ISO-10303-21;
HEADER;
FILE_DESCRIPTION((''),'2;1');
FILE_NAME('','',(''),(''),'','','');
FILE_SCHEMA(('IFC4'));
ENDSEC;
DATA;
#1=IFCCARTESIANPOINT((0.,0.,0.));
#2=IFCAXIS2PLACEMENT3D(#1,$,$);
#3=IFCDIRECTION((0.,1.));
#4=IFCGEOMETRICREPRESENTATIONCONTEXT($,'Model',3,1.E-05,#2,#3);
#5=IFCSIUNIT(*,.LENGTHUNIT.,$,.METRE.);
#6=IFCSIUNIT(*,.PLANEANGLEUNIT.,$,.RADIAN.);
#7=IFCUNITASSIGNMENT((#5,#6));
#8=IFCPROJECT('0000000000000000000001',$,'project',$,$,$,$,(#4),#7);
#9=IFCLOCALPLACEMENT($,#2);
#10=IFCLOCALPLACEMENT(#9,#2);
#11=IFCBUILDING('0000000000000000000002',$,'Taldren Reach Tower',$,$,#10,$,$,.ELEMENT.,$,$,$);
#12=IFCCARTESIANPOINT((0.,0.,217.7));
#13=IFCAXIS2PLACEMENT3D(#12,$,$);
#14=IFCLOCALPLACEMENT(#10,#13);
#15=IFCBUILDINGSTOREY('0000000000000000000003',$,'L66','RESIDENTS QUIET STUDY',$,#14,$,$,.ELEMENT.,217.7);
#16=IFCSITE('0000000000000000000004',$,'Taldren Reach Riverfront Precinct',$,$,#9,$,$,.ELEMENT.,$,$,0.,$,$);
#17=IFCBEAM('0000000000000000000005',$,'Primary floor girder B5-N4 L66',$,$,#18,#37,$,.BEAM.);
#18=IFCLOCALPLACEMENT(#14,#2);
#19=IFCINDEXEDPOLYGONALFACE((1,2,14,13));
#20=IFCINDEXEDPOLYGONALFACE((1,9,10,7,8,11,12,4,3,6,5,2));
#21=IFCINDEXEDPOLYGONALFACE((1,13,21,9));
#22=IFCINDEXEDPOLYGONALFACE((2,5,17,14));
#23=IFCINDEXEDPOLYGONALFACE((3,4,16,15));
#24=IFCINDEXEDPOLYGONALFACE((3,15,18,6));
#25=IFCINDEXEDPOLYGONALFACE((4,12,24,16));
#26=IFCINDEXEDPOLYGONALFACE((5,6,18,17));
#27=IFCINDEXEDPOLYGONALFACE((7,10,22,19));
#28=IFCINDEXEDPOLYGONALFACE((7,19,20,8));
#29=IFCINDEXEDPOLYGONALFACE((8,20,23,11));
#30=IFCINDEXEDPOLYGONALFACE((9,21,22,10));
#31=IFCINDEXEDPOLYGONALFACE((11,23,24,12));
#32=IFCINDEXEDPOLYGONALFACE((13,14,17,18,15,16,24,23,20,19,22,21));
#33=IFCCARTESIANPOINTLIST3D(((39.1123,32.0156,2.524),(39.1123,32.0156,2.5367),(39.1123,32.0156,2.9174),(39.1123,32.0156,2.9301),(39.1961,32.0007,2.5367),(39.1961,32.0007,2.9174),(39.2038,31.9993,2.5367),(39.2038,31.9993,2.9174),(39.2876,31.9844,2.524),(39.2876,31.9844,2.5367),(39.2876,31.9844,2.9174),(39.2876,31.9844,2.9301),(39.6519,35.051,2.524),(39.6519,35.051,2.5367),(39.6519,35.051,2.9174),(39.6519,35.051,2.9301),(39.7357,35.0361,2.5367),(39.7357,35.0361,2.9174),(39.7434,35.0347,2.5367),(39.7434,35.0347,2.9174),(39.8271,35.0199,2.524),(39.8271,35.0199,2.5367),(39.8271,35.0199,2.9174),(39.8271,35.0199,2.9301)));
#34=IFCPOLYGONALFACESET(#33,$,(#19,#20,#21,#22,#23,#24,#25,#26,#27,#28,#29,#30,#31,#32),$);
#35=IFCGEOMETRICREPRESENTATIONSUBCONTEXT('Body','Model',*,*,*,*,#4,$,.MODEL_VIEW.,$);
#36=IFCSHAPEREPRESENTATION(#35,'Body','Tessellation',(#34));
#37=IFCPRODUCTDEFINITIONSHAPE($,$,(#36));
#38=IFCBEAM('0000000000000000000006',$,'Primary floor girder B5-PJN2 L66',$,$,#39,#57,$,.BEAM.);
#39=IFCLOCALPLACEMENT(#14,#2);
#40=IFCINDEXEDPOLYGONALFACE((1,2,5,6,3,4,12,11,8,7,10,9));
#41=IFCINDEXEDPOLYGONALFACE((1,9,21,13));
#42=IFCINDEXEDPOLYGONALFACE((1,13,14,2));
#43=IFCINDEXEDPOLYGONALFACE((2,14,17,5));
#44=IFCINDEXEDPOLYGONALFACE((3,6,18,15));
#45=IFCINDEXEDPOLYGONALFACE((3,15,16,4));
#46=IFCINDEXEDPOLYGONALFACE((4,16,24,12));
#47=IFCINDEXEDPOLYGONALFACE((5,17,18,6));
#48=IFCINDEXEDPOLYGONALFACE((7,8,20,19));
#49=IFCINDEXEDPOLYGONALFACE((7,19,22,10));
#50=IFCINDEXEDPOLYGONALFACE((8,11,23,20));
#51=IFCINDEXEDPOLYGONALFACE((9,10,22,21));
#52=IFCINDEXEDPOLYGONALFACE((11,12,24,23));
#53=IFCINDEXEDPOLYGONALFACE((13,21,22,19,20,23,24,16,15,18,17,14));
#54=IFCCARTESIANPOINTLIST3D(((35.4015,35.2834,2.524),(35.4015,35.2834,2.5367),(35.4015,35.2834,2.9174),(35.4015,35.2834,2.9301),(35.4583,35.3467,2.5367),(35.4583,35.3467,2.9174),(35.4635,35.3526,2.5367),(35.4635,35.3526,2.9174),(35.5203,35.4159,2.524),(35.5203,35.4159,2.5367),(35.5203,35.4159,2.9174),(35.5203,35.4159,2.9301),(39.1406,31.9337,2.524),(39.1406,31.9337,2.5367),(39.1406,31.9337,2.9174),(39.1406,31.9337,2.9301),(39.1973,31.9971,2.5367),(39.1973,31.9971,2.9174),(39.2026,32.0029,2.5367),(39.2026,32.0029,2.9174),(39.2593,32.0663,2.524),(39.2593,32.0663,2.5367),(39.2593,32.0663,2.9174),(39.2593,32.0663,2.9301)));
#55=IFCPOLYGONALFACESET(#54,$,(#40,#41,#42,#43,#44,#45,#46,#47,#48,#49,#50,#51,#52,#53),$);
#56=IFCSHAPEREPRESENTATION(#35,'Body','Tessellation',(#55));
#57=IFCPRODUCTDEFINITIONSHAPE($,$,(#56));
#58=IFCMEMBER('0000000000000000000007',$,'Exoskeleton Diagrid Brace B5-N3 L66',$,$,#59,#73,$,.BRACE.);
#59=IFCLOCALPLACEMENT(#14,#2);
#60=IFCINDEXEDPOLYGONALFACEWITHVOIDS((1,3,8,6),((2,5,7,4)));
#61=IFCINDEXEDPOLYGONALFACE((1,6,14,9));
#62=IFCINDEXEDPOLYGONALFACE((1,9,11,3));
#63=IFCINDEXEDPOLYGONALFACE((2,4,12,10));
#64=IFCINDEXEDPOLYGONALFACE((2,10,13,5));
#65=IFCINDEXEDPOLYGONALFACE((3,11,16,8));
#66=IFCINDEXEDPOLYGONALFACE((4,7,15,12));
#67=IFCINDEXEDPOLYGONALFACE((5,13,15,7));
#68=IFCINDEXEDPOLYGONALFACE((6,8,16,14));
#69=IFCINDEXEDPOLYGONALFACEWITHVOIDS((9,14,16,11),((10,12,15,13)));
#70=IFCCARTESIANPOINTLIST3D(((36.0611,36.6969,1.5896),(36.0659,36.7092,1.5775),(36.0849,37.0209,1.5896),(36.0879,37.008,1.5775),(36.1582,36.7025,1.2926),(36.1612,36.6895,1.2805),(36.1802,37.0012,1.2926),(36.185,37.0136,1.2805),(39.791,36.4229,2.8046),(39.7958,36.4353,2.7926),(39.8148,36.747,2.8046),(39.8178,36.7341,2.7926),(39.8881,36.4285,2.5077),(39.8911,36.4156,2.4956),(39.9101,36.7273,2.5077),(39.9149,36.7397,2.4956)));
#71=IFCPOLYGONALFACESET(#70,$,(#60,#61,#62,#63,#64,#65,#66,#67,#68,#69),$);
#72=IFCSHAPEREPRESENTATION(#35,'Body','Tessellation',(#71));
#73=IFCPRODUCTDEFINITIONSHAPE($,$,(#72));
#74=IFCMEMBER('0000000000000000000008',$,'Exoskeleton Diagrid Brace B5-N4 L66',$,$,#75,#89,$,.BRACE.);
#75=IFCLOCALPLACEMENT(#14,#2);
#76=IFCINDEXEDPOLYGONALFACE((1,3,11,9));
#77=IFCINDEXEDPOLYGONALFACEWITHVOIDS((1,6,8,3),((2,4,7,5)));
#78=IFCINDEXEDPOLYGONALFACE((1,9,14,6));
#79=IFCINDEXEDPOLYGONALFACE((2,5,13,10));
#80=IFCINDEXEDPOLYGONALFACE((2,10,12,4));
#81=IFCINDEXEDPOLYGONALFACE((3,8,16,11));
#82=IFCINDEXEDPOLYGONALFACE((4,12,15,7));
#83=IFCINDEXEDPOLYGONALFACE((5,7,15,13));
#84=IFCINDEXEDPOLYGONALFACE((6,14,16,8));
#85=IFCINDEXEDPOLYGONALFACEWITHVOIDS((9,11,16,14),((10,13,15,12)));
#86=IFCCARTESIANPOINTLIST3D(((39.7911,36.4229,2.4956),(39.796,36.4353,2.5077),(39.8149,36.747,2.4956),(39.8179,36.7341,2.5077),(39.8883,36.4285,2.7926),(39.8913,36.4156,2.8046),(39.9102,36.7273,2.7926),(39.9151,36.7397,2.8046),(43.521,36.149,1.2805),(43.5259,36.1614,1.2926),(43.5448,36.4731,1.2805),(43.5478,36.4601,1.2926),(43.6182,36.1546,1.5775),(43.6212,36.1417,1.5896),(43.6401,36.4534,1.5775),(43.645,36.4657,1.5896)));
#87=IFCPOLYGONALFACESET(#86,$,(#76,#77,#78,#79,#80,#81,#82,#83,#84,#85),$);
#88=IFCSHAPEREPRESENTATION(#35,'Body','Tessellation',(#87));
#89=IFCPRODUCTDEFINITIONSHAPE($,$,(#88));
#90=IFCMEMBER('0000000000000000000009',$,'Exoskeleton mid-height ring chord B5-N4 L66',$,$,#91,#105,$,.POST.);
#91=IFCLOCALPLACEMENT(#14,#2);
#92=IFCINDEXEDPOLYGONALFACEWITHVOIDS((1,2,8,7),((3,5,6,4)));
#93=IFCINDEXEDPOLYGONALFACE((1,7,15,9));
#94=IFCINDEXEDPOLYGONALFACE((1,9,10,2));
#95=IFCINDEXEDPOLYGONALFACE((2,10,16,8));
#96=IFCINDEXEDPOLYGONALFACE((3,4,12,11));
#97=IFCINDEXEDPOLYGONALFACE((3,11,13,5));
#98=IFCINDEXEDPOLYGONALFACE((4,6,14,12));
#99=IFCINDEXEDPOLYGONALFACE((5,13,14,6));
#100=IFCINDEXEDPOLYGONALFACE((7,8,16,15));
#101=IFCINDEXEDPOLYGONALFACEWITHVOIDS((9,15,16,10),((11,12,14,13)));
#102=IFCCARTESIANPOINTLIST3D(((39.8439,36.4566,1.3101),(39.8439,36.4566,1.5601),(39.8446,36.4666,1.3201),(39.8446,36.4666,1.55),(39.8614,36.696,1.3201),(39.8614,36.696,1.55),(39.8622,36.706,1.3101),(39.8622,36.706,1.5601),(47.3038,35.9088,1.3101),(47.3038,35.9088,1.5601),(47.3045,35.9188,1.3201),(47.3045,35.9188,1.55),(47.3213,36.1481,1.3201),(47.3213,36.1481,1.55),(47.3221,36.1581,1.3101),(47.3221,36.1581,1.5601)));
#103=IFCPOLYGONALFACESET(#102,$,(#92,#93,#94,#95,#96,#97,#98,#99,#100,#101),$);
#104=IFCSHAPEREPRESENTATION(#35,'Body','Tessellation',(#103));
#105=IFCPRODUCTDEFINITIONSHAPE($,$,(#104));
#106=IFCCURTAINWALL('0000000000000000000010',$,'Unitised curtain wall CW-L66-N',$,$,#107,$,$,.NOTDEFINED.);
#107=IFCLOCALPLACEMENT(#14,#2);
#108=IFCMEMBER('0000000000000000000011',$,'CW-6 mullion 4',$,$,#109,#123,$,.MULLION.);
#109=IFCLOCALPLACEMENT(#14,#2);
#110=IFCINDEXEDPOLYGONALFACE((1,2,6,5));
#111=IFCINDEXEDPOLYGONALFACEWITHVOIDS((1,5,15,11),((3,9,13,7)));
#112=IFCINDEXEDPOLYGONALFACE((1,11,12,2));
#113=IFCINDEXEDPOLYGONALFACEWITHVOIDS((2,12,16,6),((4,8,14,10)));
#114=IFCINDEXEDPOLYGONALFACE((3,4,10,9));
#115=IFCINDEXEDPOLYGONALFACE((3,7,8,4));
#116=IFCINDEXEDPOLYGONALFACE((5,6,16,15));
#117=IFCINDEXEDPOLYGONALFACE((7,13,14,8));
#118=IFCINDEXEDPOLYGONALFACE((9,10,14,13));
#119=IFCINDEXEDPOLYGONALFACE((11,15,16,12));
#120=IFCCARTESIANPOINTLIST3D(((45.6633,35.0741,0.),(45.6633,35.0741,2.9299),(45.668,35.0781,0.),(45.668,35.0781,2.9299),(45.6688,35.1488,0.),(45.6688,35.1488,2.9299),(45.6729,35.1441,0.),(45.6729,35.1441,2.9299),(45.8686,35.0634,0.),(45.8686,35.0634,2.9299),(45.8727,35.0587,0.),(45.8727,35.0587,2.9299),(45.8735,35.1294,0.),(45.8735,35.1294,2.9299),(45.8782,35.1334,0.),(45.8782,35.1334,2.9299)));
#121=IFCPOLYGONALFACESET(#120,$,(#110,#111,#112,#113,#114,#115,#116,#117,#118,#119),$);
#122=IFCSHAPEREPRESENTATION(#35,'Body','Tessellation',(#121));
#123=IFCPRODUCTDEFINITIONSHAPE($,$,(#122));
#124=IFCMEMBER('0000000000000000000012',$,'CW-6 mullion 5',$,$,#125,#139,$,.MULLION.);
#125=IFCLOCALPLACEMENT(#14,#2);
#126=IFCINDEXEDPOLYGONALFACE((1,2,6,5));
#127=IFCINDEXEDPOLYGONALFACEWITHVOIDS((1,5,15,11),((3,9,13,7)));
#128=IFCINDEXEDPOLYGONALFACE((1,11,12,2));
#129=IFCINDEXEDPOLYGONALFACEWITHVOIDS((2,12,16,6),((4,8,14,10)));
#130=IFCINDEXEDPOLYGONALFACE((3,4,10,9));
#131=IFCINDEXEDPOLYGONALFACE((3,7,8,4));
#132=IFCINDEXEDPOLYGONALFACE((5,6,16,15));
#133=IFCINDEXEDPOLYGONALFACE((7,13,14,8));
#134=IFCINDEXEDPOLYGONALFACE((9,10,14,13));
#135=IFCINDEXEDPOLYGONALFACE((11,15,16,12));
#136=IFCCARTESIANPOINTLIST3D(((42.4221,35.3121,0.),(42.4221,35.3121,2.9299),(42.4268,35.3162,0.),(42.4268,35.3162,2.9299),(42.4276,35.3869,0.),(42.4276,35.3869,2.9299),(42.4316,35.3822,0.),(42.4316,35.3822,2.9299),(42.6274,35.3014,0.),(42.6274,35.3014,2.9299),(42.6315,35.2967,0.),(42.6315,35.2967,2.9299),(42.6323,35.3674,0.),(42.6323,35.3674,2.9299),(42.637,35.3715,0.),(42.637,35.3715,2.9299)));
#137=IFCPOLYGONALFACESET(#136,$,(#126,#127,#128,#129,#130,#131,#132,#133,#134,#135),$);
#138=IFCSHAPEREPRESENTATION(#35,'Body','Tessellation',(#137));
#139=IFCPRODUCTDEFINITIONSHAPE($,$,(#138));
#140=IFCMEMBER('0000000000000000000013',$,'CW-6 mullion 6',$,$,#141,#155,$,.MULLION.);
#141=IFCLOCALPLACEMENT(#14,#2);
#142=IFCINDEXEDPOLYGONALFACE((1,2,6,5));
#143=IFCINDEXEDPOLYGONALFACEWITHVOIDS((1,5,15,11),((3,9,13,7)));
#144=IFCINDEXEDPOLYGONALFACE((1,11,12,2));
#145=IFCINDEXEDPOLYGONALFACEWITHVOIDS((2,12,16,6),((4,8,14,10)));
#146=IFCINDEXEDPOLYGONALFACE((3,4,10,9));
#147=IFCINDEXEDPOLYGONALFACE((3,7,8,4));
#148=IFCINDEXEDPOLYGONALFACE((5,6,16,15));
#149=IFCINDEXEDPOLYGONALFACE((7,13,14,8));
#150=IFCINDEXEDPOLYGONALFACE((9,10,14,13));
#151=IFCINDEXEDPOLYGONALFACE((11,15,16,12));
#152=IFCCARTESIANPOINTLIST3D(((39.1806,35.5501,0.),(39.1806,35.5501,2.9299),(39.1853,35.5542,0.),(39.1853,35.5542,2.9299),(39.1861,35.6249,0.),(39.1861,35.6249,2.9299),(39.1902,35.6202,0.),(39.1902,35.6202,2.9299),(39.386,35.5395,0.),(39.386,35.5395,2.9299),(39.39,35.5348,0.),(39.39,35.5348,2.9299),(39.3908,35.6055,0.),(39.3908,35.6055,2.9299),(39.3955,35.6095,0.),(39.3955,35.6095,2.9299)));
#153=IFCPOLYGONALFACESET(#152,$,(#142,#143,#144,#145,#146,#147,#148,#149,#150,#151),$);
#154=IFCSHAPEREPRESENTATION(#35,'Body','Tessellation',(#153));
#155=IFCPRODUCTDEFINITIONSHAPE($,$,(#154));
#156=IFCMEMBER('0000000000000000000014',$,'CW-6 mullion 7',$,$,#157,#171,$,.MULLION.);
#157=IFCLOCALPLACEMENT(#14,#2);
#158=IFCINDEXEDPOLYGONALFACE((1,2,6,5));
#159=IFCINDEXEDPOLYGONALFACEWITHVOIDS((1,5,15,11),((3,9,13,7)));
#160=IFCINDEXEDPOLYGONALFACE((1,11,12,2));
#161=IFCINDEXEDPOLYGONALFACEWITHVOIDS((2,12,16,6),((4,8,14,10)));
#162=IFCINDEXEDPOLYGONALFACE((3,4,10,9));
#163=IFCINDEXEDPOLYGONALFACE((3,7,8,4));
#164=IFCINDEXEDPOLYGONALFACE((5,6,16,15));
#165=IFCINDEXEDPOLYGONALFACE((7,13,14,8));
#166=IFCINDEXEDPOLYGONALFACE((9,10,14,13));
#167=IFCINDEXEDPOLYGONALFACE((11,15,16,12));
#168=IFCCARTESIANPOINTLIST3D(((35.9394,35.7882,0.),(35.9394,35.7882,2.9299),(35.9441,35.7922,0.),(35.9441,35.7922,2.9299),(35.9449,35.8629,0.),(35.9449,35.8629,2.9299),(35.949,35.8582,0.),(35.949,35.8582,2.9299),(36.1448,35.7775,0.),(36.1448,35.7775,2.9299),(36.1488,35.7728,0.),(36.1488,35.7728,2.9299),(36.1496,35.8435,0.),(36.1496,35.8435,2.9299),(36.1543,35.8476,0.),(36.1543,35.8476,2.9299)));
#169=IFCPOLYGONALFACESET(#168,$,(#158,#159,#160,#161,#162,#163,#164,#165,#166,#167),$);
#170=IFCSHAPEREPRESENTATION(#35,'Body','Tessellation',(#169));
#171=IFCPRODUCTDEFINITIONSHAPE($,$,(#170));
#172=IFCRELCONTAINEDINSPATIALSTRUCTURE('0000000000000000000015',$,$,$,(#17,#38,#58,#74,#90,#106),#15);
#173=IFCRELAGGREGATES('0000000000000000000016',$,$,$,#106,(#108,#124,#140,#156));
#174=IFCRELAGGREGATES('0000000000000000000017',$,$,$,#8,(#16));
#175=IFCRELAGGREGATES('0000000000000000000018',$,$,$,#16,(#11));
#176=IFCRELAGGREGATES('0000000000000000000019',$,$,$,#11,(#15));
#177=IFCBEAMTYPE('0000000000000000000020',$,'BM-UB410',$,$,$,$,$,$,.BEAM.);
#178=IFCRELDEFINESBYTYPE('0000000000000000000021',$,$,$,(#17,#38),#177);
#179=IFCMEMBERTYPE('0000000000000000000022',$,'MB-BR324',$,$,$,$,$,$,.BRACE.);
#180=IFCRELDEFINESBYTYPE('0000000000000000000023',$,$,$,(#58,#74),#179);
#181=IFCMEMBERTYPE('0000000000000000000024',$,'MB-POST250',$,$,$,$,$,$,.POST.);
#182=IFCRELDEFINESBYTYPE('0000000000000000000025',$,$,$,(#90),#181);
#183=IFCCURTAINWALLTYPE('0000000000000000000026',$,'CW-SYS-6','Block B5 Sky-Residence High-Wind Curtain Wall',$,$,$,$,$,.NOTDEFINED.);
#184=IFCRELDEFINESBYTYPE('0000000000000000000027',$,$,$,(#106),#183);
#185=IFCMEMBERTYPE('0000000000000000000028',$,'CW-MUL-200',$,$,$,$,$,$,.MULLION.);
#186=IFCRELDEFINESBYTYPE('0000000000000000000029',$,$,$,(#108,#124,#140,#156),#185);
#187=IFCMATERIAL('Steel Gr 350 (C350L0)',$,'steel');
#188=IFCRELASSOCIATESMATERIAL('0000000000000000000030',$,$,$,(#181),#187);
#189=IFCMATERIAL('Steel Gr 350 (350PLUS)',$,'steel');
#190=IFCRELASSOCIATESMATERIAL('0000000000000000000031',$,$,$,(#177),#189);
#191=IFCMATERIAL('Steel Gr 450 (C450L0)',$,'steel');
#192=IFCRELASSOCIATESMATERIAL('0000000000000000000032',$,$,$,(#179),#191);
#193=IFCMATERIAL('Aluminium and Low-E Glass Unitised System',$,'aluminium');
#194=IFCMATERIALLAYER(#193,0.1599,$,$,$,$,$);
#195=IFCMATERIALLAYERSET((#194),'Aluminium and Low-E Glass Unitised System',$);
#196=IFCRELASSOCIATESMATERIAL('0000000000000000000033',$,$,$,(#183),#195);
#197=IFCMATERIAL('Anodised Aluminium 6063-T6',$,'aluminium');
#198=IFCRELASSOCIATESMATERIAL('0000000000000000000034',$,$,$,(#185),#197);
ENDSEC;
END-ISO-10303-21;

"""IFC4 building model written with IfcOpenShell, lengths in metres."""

from ifc_helpers import new_model, si_unit, direction, frame, origin, origin_2d, place, context, subcontext, project, spatial, hollow_rectangle, i_section, extrude, source, transform, mapped, material, layer, layer_set, material_profile, profile_set, type_object, element, aggregate, save


model = new_model("IFC4")

# Units and contexts
model_context = context("Model", 3, precision=1e-05, world=origin(), true_north=direction((0.0, 1.0)))
body_context = subcontext(model_context, "Body", "Model", "MODEL_VIEW")
ifc_project = project(units=[si_unit("LENGTHUNIT", "METRE"), si_unit("PLANEANGLEUNIT", "RADIAN")], contexts=[model_context])

# Site, building, storey
site_placement = place(None, origin())
site = spatial("IfcSite", under=ifc_project, at=site_placement, Name="Taldren Reach Riverfront Precinct", CompositionType="ELEMENT", RefElevation=0.0)
building_placement = place(site_placement, origin())
building = spatial("IfcBuilding", under=site, at=building_placement, Name="Taldren Reach Tower", CompositionType="ELEMENT")
storey_placement = place(building_placement, frame((0.0, 0.0, 217.7)))
storey = spatial("IfcBuildingStorey", under=building, at=storey_placement, Name="L66", Description="RESIDENTS QUIET STUDY", CompositionType="ELEMENT", Elevation=217.7)

# Shared definitions
ifc_material_1 = material(Name="Steel Gr 350 (C350L0)", Category="steel")
ifc_material_2 = material(Name="Steel Gr 350 (350PLUS)", Category="steel")

# Shared definitions
ifc_material_profile_1 = material_profile(ifc_material_1, hollow_rectangle(XDim=0.25, YDim=0.25, WallThickness=0.01, at=origin_2d()), Name="250x250x10.0SHS")
ifc_profile_set_1 = profile_set([ifc_material_profile_1], Name="Steel Gr 350 (C350L0)")
member_type_1 = type_object("IfcMemberType", Name="MB-POST250", PredefinedType="POST", material=ifc_profile_set_1)
ifc_material_3 = material(Name="Steel Gr 450 (C450L0)", Category="steel")

# Beams
ifc_material_profile_2 = material_profile(ifc_material_2, i_section(OverallWidth=0.178, OverallDepth=0.406, WebThickness=0.0078, FlangeThickness=0.0127, at=origin_2d()), Name="410UB59.7")
ifc_profile_set_2 = profile_set([ifc_material_profile_2], Name="Steel Gr 350 (350PLUS)")
beam_type_1 = type_object("IfcBeamType", Name="BM-UB410", PredefinedType="BEAM", material=ifc_profile_set_2)
shared_shape_1 = source(origin(), body_context, "Body", "SweptSolid", [
    extrude(i_section(OverallWidth=0.178, OverallDepth=0.406, WebThickness=0.0078, FlangeThickness=0.0127, at=origin_2d()), origin(), (0.0, 0.0, 1.0), 3.083),
])
beam_1_placement = place(storey_placement, frame((39.2, 32.0, 2.7271), z_axis=(0.175009, 0.984567, 0.0), x_axis=(-0.984567, 0.175009, 0.0)))
element("IfcBeam", 1, at=beam_1_placement, inside=storey, type_object=beam_type_1, Name="Primary floor girder B5-N4 L66", PredefinedType="BEAM", context=body_context, shape_type="MappedRepresentation", body=[
    mapped(shared_shape_1, transform((0.0, 0.0, 0.0), scale=1.0)),
])
shared_shape_2 = source(origin(), body_context, "Body", "SweptSolid", [
    extrude(i_section(OverallWidth=0.178, OverallDepth=0.406, WebThickness=0.0078, FlangeThickness=0.0127, at=origin_2d()), origin(), (0.0, 0.0, 1.0), 5.02),
])
beam_2_placement = place(storey_placement, frame((39.2, 32.0, 2.7271), z_axis=(-0.744828, 0.667257, 0.0), x_axis=(-0.667257, -0.744828, 0.0)))
element("IfcBeam", 2, at=beam_2_placement, inside=storey, type_object=beam_type_1, Name="Primary floor girder B5-PJN2 L66", PredefinedType="BEAM", context=body_context, shape_type="MappedRepresentation", body=[
    mapped(shared_shape_2, transform((0.0, 0.0, 0.0), scale=1.0)),
])

# Members
ifc_material_profile_3 = material_profile(ifc_material_3, hollow_rectangle(XDim=0.325, YDim=0.325, WallThickness=0.0127, at=origin_2d()), Name="325x325x12.7SHS")
ifc_profile_set_3 = profile_set([ifc_material_profile_3], Name="Steel Gr 450 (C450L0)")
member_type_2 = type_object("IfcMemberType", Name="MB-BR324", PredefinedType="BRACE", material=ifc_profile_set_3)
shared_shape_3 = source(origin(), body_context, "Body", "SweptSolid", [
    extrude(hollow_rectangle(XDim=0.325, YDim=0.325, WallThickness=0.0127, at=origin_2d()), origin(), (0.0, 0.0, 1.0), 3.9324),
])
for number, where, z_axis, x_axis, name in (
    (3, (36.123, 36.8552, 1.4351), (0.948511, -0.069658, 0.308989), (0.073242, 0.997314, 0.0), "Exoskeleton Diagrid Brace B5-N3 L66"),
    (4, (43.583, 36.3074, 1.4351), (-0.948511, 0.069658, 0.308989), (-0.073242, -0.997314, 0.0), "Exoskeleton Diagrid Brace B5-N4 L66"),
):
    element("IfcMember", number, at=place(storey_placement, frame(where, z_axis=z_axis, x_axis=x_axis)), inside=storey, type_object=member_type_2, Name=name, PredefinedType="BRACE", context=body_context, shape_type="MappedRepresentation", body=[
        mapped(shared_shape_3, transform((0.0, 0.0, 0.0), scale=1.0)),
    ])
shared_shape_4 = source(origin(), body_context, "Body", "SweptSolid", [
    extrude(hollow_rectangle(XDim=0.25, YDim=0.25, WallThickness=0.01, at=origin_2d()), origin(), (0.0, 0.0, 1.0), 7.48),
])
member_1_placement = place(storey_placement, frame((39.853, 36.5813, 1.4351), z_axis=(0.997314, -0.073242, 0.0), x_axis=(0.073242, 0.997314, 0.0)))
element("IfcMember", 5, at=member_1_placement, inside=storey, type_object=member_type_1, Name="Exoskeleton mid-height ring chord B5-N4 L66", PredefinedType="POST", context=body_context, shape_type="MappedRepresentation", body=[
    mapped(shared_shape_4, transform((0.0, 0.0, 0.0), scale=1.0)),
])

# Curtain wall, members
ifc_material_4 = material(Name="Aluminium and Low-E Glass Unitised System", Category="aluminium")
ifc_layer_1 = layer(ifc_material_4, 0.1599)
ifc_layer_set_1 = layer_set([ifc_layer_1], Name="Aluminium and Low-E Glass Unitised System")
curtain_wall_type = type_object("IfcCurtainWallType", Name="CW-SYS-6", Description="Block B5 Sky-Residence High-Wind Curtain Wall", PredefinedType="NOTDEFINED", material=ifc_layer_set_1)
curtain_wall_placement = place(storey_placement, origin())
curtain_wall = element("IfcCurtainWall", 6, at=curtain_wall_placement, inside=storey, type_object=curtain_wall_type, Name="Unitised curtain wall CW-L66-N", PredefinedType="NOTDEFINED")
ifc_material_5 = material(Name="Anodised Aluminium 6063-T6", Category="aluminium")
ifc_material_profile_4 = material_profile(ifc_material_5, hollow_rectangle(XDim=0.075, YDim=0.21, WallThickness=0.0044, at=origin_2d()), Name="ALU-210x75x4.5RHS")
ifc_profile_set_4 = profile_set([ifc_material_profile_4], Name="Anodised Aluminium 6063-T6")
member_type_3 = type_object("IfcMemberType", Name="CW-MUL-200", PredefinedType="MULLION", material=ifc_profile_set_4)
shared_shape_5 = source(origin(), body_context, "Body", "SweptSolid", [
    extrude(hollow_rectangle(XDim=0.075, YDim=0.21, WallThickness=0.0044, at=origin_2d()), origin(), (0.0, 0.0, 1.0), 2.9299),
])
member_2_placement = place(storey_placement, frame((45.7708, 35.1038, 0.0), z_axis=(0.0, 0.0, 1.0), x_axis=(-0.073238, -0.997314, 0.0)))
member_2 = element("IfcMember", 7, at=member_2_placement, type_object=member_type_3, Name="CW-6 mullion 4", PredefinedType="MULLION", context=body_context, shape_type="MappedRepresentation", body=[
    mapped(shared_shape_5, transform((0.0, 0.0, 0.0), scale=1.0)),
])
member_3_placement = place(storey_placement, frame((42.5295, 35.3418, 0.0), z_axis=(0.0, 0.0, 1.0), x_axis=(-0.073238, -0.997314, 0.0)))
member_3 = element("IfcMember", 8, at=member_3_placement, type_object=member_type_3, Name="CW-6 mullion 5", PredefinedType="MULLION", context=body_context, shape_type="MappedRepresentation", body=[
    mapped(shared_shape_5, transform((0.0, 0.0, 0.0), scale=1.0)),
])
member_4_placement = place(storey_placement, frame((39.2881, 35.5798, 0.0), z_axis=(0.0, 0.0, 1.0), x_axis=(-0.073238, -0.997314, 0.0)))
member_4 = element("IfcMember", 9, at=member_4_placement, type_object=member_type_3, Name="CW-6 mullion 6", PredefinedType="MULLION", context=body_context, shape_type="MappedRepresentation", body=[
    mapped(shared_shape_5, transform((0.0, 0.0, 0.0), scale=1.0)),
])
member_5_placement = place(storey_placement, frame((36.0469, 35.8179, 0.0), z_axis=(0.0, 0.0, 1.0), x_axis=(-0.073238, -0.997314, 0.0)))
member_5 = element("IfcMember", 10, at=member_5_placement, type_object=member_type_3, Name="CW-6 mullion 7", PredefinedType="MULLION", context=body_context, shape_type="MappedRepresentation", body=[
    mapped(shared_shape_5, transform((0.0, 0.0, 0.0), scale=1.0)),
])

aggregate(curtain_wall, [member_2, member_3, member_4, member_5])

save(model, "model.ifc")
